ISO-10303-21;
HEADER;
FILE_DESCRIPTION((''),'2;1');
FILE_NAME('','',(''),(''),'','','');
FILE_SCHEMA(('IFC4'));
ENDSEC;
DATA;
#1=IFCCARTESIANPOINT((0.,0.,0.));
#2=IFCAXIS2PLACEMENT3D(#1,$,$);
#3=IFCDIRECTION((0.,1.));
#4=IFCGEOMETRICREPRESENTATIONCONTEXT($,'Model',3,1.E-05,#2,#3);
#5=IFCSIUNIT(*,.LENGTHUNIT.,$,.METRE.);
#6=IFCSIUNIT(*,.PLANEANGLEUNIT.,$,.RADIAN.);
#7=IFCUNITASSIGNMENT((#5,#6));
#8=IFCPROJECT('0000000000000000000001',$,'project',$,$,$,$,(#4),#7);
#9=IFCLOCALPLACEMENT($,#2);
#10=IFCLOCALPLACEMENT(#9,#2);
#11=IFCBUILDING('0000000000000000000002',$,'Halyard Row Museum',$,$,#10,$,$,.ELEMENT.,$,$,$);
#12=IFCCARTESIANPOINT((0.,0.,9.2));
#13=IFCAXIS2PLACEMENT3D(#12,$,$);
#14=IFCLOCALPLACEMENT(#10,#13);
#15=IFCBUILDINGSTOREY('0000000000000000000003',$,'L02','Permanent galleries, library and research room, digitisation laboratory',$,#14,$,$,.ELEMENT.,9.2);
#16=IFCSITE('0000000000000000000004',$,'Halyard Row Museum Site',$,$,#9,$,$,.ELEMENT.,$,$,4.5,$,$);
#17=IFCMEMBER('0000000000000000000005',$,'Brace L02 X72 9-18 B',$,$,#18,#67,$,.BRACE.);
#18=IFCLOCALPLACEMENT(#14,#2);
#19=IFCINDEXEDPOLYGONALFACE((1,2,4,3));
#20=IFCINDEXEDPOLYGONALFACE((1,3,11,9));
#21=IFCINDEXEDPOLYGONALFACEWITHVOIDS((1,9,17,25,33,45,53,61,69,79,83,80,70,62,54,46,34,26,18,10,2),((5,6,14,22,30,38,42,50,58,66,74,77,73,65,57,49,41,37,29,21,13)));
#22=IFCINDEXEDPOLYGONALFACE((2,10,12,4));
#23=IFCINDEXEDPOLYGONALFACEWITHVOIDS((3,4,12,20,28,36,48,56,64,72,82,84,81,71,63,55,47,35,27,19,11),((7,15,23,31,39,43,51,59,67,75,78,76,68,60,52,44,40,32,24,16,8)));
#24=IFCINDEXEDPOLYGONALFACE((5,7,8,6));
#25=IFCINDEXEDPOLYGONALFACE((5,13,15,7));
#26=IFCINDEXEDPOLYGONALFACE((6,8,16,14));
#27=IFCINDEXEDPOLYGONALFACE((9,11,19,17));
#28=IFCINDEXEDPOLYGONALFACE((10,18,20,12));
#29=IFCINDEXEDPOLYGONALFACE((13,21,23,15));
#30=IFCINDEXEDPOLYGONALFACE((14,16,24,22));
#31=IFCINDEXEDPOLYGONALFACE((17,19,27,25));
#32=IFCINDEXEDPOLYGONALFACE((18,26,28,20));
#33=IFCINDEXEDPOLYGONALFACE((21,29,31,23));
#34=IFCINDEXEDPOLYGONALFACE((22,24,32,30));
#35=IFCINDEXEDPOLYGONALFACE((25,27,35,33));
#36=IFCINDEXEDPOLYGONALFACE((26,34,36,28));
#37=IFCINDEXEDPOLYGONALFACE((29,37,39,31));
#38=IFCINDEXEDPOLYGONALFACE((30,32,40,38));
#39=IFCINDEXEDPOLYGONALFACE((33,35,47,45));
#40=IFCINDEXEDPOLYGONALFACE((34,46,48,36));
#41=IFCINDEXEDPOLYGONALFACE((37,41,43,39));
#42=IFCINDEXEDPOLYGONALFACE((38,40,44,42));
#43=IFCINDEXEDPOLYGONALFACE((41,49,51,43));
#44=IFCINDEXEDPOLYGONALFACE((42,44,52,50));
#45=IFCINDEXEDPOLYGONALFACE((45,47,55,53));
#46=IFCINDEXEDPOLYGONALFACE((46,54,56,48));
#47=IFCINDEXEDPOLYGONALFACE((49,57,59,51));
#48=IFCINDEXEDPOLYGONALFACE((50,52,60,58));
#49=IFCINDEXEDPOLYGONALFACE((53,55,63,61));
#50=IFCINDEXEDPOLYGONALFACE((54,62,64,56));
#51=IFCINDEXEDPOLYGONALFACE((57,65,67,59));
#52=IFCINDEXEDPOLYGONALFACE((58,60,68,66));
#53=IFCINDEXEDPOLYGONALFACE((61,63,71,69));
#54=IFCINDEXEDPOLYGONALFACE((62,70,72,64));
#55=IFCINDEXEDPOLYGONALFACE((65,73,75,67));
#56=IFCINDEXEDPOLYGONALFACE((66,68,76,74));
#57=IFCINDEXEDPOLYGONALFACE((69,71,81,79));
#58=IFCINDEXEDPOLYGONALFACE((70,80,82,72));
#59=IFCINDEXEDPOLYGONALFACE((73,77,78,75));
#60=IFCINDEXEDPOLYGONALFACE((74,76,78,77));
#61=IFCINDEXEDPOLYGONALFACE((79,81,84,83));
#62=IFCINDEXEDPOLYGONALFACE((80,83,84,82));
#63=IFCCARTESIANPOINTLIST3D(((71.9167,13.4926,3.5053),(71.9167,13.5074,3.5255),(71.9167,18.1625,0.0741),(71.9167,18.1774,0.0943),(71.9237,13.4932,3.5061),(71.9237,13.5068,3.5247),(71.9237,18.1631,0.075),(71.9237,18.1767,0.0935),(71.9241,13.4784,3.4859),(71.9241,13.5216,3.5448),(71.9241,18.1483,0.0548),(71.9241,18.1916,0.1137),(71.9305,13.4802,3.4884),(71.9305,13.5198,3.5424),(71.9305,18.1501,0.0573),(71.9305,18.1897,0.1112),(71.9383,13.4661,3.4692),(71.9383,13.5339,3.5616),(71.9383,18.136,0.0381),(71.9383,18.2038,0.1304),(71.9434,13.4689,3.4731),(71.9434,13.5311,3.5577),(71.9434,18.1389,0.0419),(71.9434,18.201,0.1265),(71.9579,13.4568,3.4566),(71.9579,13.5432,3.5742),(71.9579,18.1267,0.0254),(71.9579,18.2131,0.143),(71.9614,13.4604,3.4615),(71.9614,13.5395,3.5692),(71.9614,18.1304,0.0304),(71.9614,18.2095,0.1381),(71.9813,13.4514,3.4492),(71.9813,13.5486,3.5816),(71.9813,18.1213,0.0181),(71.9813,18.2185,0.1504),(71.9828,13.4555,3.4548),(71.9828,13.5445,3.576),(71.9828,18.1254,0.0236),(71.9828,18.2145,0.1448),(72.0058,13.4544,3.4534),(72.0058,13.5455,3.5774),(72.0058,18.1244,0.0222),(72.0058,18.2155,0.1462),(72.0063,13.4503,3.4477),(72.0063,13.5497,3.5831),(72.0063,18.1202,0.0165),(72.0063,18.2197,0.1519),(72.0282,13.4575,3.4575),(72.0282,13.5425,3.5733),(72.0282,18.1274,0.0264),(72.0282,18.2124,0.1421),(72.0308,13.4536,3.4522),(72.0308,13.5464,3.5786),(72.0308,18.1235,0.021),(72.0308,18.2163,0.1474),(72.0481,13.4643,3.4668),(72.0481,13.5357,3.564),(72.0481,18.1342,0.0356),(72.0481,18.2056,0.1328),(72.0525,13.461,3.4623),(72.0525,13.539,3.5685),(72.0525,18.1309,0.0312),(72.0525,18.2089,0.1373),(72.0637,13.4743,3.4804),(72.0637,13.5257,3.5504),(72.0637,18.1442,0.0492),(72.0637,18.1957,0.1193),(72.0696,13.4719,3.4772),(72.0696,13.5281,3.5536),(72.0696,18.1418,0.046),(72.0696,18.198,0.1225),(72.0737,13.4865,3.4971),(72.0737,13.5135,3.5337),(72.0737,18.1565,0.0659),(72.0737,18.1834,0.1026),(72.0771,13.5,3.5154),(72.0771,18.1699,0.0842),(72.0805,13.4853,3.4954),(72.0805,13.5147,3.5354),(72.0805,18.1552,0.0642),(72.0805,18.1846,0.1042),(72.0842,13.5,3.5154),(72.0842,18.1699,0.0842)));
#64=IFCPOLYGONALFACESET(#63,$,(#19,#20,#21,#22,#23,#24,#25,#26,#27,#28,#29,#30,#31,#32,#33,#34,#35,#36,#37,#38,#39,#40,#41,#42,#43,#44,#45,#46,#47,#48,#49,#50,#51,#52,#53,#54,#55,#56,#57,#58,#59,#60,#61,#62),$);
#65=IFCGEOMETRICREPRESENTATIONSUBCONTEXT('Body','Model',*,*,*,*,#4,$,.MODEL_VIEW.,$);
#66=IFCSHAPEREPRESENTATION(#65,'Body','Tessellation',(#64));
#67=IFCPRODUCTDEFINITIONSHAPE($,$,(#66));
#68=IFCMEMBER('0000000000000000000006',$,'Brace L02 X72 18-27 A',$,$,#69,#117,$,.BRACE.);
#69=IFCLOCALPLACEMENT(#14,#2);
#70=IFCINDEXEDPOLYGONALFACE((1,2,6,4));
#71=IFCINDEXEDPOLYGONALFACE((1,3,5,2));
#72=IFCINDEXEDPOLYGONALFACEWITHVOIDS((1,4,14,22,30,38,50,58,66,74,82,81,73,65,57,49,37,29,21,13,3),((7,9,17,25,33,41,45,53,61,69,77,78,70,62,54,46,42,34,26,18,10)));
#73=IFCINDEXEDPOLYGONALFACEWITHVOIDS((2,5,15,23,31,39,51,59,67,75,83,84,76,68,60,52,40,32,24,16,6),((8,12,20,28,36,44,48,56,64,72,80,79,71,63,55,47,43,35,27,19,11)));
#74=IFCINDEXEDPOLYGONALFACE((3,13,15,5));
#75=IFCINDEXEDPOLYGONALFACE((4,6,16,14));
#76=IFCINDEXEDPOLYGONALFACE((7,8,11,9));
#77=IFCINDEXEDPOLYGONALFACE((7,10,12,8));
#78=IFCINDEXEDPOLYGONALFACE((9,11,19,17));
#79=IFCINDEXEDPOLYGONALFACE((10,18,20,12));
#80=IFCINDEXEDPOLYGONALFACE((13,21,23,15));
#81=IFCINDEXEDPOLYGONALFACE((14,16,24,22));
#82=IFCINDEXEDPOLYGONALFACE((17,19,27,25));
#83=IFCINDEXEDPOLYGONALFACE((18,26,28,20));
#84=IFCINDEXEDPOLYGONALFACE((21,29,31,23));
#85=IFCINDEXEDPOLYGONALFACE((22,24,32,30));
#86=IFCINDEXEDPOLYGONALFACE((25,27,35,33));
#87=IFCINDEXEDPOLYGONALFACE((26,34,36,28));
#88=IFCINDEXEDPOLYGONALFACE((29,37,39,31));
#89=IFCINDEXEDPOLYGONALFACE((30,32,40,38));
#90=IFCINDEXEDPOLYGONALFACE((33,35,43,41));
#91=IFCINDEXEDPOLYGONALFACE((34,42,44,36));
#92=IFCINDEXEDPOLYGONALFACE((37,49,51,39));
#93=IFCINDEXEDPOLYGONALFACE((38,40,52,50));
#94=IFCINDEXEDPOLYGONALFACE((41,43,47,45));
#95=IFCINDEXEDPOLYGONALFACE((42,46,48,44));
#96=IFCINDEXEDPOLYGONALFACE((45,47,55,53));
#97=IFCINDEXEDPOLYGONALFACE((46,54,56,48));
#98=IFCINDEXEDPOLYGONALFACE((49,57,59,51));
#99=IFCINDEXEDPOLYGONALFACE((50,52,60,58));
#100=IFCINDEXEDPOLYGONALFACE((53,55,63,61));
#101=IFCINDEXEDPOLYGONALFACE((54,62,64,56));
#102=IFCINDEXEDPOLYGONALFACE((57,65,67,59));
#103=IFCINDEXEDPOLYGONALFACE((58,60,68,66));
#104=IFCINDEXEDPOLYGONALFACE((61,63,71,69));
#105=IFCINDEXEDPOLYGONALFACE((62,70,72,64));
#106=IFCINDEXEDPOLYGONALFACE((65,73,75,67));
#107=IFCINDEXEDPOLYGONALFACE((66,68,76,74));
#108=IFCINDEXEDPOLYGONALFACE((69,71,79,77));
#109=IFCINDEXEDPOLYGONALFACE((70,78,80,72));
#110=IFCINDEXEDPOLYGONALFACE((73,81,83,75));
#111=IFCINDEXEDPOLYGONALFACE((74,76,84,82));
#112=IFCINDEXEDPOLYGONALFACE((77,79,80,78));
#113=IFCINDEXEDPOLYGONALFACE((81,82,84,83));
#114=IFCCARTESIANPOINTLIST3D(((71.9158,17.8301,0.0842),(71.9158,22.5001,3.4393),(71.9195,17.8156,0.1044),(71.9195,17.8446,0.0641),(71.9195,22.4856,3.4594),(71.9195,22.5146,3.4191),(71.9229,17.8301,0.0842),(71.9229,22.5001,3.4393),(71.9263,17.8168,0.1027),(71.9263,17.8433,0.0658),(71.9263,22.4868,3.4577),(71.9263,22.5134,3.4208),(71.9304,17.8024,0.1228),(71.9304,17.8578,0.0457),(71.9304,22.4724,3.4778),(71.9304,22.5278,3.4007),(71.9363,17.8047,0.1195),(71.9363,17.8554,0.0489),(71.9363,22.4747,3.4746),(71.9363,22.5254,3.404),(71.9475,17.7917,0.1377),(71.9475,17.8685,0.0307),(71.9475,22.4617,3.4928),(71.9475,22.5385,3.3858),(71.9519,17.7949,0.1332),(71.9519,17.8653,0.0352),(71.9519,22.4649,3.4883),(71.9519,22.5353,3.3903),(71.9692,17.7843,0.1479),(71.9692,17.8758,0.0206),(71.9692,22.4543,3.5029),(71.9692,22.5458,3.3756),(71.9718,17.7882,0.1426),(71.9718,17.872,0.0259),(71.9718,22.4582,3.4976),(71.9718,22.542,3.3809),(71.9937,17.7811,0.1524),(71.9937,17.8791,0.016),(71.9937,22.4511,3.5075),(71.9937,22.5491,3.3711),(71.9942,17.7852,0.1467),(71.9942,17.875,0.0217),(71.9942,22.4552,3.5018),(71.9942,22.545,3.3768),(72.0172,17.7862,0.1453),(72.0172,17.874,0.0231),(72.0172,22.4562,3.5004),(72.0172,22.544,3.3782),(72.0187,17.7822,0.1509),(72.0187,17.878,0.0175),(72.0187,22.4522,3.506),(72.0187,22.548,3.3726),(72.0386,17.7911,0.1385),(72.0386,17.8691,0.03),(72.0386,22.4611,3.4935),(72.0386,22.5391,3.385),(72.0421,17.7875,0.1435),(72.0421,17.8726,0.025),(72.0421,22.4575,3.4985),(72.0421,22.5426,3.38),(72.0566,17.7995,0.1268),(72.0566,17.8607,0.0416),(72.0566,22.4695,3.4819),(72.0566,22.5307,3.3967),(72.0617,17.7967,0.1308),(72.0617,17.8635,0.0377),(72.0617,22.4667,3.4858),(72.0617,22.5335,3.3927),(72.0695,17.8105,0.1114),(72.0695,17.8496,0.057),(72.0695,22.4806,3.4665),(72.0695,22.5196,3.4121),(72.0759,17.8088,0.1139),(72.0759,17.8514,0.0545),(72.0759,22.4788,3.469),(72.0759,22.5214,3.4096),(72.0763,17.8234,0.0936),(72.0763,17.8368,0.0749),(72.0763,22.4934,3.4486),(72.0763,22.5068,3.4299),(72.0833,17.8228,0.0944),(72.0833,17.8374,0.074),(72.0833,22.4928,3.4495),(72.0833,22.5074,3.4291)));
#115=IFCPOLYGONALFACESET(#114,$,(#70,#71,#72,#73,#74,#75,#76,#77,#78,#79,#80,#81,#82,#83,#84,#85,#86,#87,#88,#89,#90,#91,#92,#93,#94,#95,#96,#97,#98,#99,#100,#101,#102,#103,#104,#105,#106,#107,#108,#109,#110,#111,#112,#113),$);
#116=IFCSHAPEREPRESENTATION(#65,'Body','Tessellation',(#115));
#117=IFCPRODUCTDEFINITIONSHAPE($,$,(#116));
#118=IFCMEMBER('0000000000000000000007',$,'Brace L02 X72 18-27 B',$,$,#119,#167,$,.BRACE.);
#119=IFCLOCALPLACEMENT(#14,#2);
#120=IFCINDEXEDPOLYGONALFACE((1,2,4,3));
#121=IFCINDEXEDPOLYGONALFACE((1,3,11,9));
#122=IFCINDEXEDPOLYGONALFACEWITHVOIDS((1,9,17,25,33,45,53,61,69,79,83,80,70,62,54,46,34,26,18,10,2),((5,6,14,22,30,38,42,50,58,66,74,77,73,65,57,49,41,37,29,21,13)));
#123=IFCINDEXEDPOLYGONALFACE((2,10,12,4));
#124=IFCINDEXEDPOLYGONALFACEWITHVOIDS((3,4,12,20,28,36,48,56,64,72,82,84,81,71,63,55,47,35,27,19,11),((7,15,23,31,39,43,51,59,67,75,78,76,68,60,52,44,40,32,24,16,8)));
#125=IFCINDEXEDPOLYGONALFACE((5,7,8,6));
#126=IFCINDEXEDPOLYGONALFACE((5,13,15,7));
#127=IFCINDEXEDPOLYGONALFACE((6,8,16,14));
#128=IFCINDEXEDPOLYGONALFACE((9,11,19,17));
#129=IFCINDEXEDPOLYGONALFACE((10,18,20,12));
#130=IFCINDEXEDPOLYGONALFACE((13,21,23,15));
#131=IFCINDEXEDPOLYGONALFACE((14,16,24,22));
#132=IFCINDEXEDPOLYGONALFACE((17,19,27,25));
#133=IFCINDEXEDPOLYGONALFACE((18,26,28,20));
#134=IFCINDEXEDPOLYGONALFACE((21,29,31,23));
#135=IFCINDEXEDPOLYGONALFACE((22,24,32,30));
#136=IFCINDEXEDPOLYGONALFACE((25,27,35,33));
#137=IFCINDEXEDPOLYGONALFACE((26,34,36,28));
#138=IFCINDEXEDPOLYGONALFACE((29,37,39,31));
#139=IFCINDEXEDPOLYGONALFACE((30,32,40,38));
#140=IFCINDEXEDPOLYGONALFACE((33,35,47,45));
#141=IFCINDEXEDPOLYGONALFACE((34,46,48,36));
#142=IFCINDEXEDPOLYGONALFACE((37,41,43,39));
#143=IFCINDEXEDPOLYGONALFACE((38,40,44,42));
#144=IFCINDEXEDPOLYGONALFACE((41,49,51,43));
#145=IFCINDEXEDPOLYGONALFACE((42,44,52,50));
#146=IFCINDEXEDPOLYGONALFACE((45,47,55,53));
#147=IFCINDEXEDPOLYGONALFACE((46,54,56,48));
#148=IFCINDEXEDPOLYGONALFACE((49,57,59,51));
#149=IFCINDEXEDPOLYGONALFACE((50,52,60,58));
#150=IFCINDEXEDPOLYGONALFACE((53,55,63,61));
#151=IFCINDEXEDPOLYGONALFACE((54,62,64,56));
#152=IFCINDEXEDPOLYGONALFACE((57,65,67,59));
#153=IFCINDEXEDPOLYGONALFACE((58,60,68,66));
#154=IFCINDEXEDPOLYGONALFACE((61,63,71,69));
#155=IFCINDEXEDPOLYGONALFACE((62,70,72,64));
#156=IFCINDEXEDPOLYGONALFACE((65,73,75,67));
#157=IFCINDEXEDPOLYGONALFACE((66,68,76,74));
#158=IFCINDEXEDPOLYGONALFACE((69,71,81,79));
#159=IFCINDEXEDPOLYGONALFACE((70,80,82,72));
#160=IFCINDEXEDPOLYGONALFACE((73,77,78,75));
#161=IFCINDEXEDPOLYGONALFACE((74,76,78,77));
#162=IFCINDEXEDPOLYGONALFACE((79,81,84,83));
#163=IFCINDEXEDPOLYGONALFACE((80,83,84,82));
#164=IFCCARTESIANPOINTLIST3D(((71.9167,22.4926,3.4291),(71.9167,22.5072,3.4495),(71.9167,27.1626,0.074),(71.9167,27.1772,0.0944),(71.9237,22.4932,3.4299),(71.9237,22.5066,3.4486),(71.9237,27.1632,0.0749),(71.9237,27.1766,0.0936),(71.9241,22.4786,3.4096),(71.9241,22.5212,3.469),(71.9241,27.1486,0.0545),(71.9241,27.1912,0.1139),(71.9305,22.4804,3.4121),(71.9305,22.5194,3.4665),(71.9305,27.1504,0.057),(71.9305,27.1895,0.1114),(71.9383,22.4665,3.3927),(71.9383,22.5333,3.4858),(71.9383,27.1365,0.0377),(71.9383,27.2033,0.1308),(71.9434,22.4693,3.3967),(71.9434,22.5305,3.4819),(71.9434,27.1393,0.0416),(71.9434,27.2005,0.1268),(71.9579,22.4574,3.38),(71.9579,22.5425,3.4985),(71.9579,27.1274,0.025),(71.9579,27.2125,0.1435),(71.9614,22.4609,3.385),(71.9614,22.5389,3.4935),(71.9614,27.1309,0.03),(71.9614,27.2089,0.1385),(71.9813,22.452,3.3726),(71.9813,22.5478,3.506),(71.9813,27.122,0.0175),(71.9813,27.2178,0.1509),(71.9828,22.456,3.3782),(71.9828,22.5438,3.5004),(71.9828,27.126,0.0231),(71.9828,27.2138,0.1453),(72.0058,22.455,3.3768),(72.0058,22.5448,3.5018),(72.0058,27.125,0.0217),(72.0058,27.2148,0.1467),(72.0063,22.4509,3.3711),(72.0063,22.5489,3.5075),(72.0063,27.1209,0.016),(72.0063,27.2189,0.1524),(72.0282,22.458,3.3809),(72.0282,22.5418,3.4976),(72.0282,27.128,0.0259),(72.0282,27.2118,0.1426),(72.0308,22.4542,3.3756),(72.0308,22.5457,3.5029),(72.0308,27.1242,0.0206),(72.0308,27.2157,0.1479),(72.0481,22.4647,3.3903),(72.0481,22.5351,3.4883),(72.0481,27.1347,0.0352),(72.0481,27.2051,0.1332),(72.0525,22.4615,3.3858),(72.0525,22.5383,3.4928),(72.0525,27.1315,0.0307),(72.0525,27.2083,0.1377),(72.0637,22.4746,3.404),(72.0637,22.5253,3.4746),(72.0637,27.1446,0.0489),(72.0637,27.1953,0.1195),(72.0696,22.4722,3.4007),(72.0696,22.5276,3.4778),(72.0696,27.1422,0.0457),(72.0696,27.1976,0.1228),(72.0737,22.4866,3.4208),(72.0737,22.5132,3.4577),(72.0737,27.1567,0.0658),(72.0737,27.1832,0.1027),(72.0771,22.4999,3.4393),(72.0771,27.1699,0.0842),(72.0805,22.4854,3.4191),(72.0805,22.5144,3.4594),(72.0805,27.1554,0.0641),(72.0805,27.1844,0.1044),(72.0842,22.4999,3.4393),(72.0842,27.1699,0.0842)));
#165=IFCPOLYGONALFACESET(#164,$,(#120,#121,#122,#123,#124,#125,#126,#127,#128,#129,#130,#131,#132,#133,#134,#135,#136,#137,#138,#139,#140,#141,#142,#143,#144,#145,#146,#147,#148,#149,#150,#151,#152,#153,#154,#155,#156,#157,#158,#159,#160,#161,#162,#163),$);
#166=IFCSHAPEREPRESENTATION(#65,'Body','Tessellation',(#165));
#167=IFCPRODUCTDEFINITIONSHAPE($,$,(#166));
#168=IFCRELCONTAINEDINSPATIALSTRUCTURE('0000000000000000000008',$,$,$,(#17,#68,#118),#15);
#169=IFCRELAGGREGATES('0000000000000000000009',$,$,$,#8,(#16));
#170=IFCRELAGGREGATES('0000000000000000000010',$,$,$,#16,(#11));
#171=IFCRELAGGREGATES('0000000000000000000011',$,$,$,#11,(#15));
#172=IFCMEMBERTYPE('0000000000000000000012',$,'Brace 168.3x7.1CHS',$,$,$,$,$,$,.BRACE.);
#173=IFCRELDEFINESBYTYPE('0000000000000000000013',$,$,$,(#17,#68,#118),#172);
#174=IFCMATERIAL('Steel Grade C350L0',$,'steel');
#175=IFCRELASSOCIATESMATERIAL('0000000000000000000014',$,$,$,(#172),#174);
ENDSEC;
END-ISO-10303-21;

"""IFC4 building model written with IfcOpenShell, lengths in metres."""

from ifc_helpers import new_model, si_unit, direction, frame, origin, origin_2d, place, context, subcontext, project, spatial, hollow_circle, extrude, material, material_profile, profile_set, type_object, element, save


model = new_model("IFC4")

# Units and contexts
model_context = context("Model", 3, precision=1e-05, world=origin(), true_north=direction((0.0, 1.0)))
body_context = subcontext(model_context, "Body", "Model", "MODEL_VIEW")
ifc_project = project(units=[si_unit("LENGTHUNIT", "METRE"), si_unit("PLANEANGLEUNIT", "RADIAN")], contexts=[model_context])

# Site, building, storey
site_placement = place(None, origin())
site = spatial("IfcSite", under=ifc_project, at=site_placement, Name="Halyard Row Museum Site", CompositionType="ELEMENT", RefElevation=4.5)
building_placement = place(site_placement, origin())
building = spatial("IfcBuilding", under=site, at=building_placement, Name="Halyard Row Museum", CompositionType="ELEMENT")
storey_placement = place(building_placement, frame((0.0, 0.0, 9.2)))
storey = spatial("IfcBuildingStorey", under=building, at=storey_placement, Name="L02", Description="Permanent galleries, library and research room, digitisation laboratory", CompositionType="ELEMENT", Elevation=9.2)

# Members
ifc_material_1 = material(Name="Steel Grade C350L0", Category="steel")
ifc_material_profile_1 = material_profile(ifc_material_1, hollow_circle(Radius=0.0842, WallThickness=0.0071, at=origin_2d()), Name="168.3x7.1CHS")
ifc_profile_set_1 = profile_set([ifc_material_profile_1], Name="Steel Grade C350L0")
member_type_1 = type_object("IfcMemberType", Name="Brace 168.3x7.1CHS", PredefinedType="BRACE", material=ifc_profile_set_1)
member_1_placement = place(storey_placement, frame((72.0, 18.1699, 0.0842), z_axis=(0.0, -0.805866, 0.592098), x_axis=(1.0, 0.0, 0.0)))
element("IfcMember", 1, at=member_1_placement, inside=storey, type_object=member_type_1, Name="Brace L02 X72 9-18 B", PredefinedType="BRACE", context=body_context, shape_type="SweptSolid", body=[
    extrude(hollow_circle(Radius=0.0842, WallThickness=0.0071, at=origin_2d()), origin(), (0.0, 0.0, 1.0), 5.7949),
])
for number, where, z_axis, x_axis, name in (
    (2, (72.0, 17.8301, 0.0842), (0.0, 0.812141, 0.583461), (-1.0, 0.0, 0.0), "Brace L02 X72 18-27 A"),
    (3, (72.0, 27.1699, 0.0842), (0.0, -0.812141, 0.583461), (1.0, 0.0, 0.0), "Brace L02 X72 18-27 B"),
):
    element("IfcMember", number, at=place(storey_placement, frame(where, z_axis=z_axis, x_axis=x_axis)), inside=storey, type_object=member_type_1, Name=name, PredefinedType="BRACE", context=body_context, shape_type="SweptSolid", body=[
        extrude(hollow_circle(Radius=0.0842, WallThickness=0.0071, at=origin_2d()), origin(), (0.0, 0.0, 1.0), 5.7502),
    ])

save(model, "model.ifc")
